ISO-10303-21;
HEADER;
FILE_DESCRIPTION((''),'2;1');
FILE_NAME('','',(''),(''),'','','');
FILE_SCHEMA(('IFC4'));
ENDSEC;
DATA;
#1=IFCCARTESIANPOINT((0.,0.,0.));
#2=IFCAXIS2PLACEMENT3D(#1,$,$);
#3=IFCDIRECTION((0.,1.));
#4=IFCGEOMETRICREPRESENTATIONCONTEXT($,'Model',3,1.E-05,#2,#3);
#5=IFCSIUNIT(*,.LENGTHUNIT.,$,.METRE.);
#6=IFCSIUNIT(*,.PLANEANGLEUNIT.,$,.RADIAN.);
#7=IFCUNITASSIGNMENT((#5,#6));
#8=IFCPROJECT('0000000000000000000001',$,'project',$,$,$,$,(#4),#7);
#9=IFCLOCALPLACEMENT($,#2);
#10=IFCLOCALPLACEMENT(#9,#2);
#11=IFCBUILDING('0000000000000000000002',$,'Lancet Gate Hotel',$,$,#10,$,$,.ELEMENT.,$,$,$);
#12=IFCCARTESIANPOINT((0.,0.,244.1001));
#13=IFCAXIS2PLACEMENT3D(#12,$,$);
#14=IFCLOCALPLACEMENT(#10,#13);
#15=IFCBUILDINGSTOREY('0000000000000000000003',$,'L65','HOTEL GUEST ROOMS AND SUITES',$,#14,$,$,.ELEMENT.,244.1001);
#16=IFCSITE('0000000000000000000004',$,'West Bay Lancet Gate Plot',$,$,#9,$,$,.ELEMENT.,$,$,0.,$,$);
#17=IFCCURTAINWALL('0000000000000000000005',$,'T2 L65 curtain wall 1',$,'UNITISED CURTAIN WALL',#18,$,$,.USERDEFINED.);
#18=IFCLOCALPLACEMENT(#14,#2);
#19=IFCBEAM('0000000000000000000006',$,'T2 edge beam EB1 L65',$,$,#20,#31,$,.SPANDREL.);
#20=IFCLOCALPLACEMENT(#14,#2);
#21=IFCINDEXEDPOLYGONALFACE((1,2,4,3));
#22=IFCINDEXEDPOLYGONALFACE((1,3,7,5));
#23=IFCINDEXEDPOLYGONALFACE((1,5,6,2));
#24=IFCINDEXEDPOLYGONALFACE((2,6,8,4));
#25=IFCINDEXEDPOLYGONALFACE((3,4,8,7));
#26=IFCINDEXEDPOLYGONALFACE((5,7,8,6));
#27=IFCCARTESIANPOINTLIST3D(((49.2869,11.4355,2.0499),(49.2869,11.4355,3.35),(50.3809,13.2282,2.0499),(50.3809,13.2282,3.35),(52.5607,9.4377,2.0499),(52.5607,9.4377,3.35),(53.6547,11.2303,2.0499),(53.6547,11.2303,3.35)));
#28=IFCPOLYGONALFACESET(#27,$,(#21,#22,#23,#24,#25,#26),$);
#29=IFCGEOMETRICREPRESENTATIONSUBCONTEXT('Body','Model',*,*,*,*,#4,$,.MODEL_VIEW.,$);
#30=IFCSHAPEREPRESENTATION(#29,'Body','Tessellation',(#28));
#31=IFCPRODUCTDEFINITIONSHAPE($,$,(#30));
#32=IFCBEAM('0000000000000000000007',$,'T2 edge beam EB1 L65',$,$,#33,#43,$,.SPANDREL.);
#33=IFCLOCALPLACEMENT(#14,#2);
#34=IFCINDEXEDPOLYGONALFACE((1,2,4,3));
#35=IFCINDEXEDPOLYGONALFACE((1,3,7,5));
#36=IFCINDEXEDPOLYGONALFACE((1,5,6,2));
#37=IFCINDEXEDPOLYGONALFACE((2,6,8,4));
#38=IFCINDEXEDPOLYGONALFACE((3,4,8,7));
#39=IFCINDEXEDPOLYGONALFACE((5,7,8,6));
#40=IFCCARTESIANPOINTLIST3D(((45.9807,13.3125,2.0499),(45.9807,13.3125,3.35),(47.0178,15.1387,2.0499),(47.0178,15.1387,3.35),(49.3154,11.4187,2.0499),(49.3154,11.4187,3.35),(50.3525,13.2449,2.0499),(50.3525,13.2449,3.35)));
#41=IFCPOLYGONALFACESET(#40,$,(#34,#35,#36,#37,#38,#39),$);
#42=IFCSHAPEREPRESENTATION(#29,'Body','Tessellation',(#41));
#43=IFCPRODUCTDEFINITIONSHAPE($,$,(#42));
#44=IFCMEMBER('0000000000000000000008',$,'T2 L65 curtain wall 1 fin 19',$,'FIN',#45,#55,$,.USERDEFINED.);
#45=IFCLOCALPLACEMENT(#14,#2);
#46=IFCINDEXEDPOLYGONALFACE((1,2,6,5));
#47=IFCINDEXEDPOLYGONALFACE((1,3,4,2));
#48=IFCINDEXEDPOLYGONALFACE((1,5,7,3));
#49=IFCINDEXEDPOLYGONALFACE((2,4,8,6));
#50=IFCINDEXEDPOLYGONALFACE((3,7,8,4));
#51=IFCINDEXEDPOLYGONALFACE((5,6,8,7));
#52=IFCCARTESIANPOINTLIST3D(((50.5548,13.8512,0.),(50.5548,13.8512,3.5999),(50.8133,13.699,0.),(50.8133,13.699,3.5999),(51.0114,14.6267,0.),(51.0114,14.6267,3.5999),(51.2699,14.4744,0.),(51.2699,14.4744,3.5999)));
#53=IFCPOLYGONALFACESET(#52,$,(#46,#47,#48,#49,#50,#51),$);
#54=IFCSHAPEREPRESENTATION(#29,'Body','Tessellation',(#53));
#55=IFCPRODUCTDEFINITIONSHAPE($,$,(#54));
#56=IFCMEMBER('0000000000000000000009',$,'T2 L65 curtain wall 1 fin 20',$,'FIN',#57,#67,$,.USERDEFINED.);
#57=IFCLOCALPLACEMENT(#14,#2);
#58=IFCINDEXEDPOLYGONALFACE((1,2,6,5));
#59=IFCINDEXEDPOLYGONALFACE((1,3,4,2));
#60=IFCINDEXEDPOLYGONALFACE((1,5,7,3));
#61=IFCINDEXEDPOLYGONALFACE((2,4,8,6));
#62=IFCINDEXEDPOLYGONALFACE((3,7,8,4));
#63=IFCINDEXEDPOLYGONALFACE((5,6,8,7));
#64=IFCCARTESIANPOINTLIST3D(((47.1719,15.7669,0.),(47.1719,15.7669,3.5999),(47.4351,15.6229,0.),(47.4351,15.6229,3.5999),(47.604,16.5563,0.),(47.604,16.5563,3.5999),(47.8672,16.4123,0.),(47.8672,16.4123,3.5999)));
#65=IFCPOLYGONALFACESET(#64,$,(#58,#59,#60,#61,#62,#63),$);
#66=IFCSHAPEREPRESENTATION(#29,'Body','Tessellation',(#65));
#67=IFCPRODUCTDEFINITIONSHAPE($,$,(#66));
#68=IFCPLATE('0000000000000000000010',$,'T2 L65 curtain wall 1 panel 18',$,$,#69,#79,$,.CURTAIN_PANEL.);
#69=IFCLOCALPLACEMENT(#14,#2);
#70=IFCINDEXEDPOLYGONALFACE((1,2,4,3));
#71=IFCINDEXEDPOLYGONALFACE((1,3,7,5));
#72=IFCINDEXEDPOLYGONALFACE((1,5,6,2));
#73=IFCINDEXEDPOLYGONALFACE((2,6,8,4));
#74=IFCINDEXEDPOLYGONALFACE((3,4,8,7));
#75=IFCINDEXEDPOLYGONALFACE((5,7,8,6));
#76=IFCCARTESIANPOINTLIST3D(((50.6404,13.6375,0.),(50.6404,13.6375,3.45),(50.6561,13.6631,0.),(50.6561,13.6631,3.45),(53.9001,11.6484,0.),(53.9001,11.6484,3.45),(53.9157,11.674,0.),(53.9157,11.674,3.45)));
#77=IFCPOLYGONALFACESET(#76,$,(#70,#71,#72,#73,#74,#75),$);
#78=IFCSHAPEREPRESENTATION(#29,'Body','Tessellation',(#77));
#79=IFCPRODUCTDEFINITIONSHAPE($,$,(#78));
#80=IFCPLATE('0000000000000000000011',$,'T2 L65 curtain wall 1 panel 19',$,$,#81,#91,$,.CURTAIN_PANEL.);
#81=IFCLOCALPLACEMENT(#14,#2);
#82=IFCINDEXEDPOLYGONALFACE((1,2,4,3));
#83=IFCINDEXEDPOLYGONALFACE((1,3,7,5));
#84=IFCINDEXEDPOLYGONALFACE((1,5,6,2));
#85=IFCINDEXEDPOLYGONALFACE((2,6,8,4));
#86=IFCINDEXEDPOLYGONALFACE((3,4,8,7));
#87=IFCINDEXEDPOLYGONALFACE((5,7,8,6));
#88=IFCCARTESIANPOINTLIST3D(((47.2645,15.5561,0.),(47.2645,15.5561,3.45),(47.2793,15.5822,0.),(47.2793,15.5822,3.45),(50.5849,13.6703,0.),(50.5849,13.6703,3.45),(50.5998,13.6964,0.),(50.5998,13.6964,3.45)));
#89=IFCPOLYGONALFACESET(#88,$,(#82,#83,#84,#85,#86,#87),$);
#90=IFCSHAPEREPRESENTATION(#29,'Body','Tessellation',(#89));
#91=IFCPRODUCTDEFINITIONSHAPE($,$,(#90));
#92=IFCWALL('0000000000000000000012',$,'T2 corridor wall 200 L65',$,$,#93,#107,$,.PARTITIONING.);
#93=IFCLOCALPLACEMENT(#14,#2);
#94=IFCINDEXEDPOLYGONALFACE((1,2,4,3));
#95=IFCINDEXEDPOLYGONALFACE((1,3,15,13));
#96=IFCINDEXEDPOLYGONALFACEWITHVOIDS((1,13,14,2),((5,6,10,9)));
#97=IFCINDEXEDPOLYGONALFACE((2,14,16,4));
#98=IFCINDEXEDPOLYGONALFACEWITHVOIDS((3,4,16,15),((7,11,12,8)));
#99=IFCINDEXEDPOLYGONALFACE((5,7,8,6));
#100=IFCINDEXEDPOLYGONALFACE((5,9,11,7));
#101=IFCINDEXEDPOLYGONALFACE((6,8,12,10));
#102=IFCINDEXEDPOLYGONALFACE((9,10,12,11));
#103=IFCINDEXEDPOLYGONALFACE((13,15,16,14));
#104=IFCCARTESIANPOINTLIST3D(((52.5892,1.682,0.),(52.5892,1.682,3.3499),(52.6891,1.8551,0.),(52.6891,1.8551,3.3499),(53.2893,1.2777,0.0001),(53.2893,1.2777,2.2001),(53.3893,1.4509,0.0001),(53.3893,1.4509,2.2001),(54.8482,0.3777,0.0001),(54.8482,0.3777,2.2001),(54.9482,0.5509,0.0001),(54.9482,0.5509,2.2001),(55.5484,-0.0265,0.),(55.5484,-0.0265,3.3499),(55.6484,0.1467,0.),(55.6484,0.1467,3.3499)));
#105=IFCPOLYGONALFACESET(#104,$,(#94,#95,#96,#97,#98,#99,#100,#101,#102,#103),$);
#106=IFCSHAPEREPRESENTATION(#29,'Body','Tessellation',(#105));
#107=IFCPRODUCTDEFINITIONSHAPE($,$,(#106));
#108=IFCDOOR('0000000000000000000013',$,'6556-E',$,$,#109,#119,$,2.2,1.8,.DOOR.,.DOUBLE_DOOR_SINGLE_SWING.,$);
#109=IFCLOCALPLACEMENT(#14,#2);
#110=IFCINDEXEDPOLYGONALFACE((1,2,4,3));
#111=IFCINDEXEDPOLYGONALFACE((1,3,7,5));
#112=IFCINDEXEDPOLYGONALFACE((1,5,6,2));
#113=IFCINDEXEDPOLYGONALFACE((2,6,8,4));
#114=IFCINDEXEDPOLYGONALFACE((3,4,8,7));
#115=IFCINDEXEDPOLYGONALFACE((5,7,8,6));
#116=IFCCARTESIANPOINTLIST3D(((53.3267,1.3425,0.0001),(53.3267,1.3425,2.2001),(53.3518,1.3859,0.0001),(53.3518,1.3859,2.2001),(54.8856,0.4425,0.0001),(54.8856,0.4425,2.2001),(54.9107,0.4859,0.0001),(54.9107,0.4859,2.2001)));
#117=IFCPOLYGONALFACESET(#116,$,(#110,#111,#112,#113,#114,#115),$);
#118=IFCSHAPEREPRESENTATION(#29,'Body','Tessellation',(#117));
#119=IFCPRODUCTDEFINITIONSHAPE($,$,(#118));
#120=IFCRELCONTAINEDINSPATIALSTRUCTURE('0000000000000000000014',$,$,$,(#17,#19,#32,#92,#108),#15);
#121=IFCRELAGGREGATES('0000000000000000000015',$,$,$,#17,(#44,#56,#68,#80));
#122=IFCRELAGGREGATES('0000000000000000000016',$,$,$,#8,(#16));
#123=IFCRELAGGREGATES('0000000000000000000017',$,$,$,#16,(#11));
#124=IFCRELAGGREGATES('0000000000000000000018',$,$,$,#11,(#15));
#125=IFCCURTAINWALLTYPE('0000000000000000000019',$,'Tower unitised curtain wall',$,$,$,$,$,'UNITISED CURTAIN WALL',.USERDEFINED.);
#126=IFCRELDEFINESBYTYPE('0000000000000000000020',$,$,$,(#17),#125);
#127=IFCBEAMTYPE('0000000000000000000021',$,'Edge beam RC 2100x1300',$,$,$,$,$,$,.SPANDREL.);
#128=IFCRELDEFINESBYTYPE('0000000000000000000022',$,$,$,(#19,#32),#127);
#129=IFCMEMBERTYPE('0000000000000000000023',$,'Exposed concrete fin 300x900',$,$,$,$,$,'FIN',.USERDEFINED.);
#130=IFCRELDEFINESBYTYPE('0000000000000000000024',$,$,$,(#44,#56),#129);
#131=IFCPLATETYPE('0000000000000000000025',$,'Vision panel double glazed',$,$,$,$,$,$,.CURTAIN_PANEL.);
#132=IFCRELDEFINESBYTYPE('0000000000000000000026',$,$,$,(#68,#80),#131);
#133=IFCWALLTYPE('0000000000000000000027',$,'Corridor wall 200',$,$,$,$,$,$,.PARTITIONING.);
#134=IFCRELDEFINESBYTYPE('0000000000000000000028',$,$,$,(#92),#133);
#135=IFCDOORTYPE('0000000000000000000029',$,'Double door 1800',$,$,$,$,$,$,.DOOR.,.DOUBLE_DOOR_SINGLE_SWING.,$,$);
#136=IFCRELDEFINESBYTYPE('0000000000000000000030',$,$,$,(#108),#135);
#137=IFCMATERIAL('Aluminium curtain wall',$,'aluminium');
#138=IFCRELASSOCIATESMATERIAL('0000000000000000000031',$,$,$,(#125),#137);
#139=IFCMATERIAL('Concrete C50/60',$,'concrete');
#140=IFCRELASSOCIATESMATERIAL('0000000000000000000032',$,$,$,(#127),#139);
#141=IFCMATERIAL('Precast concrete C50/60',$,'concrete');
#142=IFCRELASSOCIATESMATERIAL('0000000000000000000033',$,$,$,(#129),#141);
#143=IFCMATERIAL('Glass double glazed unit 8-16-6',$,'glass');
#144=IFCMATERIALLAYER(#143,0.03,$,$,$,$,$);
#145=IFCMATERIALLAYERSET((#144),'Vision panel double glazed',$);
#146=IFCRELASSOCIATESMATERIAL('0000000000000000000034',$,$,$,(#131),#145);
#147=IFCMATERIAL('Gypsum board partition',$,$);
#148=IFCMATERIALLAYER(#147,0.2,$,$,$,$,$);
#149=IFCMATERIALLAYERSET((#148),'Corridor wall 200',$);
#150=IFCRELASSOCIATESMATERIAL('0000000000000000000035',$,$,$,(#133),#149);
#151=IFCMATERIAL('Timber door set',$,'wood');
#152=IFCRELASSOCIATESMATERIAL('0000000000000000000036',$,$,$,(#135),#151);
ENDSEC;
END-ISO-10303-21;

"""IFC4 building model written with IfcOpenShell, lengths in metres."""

from ifc_helpers import new_model, si_unit, direction, frame, frame_2d, origin, origin_2d, place, context, subcontext, project, spatial, rectangle, extrude, material, layer, layer_set, material_profile, profile_set, type_object, element, fill, aggregate, save


model = new_model("IFC4")

# Units and contexts
model_context = context("Model", 3, precision=1e-05, world=origin(), true_north=direction((0.0, 1.0)))
body_context = subcontext(model_context, "Body", "Model", "MODEL_VIEW")
ifc_project = project(units=[si_unit("LENGTHUNIT", "METRE"), si_unit("PLANEANGLEUNIT", "RADIAN")], contexts=[model_context])

# Site, building, storey
site_placement = place(None, origin())
site = spatial("IfcSite", under=ifc_project, at=site_placement, Name="West Bay Lancet Gate Plot", CompositionType="ELEMENT", RefElevation=0.0)
building_placement = place(site_placement, origin())
building = spatial("IfcBuilding", under=site, at=building_placement, Name="Lancet Gate Hotel", CompositionType="ELEMENT")
storey_placement = place(building_placement, frame((0.0, 0.0, 244.1001)))
storey = spatial("IfcBuildingStorey", under=building, at=storey_placement, Name="L65", Description="HOTEL GUEST ROOMS AND SUITES", CompositionType="ELEMENT", Elevation=244.1001)

# Curtain wall
ifc_material_1 = material(Name="Aluminium curtain wall", Category="aluminium")
curtain_wall_type = type_object("IfcCurtainWallType", Name="Tower unitised curtain wall", ElementType="UNITISED CURTAIN WALL", PredefinedType="USERDEFINED", material=ifc_material_1)
curtain_wall_placement = place(storey_placement, origin())
curtain_wall = element("IfcCurtainWall", 1, at=curtain_wall_placement, inside=storey, type_object=curtain_wall_type, Name="T2 L65 curtain wall 1", ObjectType="UNITISED CURTAIN WALL", PredefinedType="USERDEFINED")

# Beams
ifc_material_2 = material(Name="Concrete C50/60", Category="concrete")
ifc_material_profile_1 = material_profile(ifc_material_2, rectangle(XDim=2.1001, YDim=1.3, at=origin_2d()), Name="RC 2100x1300")
ifc_profile_set_1 = profile_set([ifc_material_profile_1], Name="Concrete C50/60")
beam_type = type_object("IfcBeamType", Name="Edge beam RC 2100x1300", PredefinedType="SPANDREL", material=ifc_profile_set_1)
beam_1_placement = place(storey_placement, frame((53.1077, 10.334, 2.7), z_axis=(-0.853604, 0.520922, 0.0), x_axis=(-0.520922, -0.853604, 0.0)))
element("IfcBeam", 2, at=beam_1_placement, inside=storey, type_object=beam_type, Name="T2 edge beam EB1 L65", PredefinedType="SPANDREL", context=body_context, shape_type="SweptSolid", body=[
    extrude(rectangle(XDim=2.1001, YDim=1.3, at=origin_2d()), origin(), (0.0, 0.0, 1.0), 3.8352),
])
beam_2_placement = place(storey_placement, frame((49.834, 12.3318, 2.7), z_axis=(-0.86956, 0.493827, 0.0), x_axis=(-0.493827, -0.86956, 0.0)))
element("IfcBeam", 3, at=beam_2_placement, inside=storey, type_object=beam_type, Name="T2 edge beam EB1 L65", PredefinedType="SPANDREL", context=body_context, shape_type="SweptSolid", body=[
    extrude(rectangle(XDim=2.1001, YDim=1.3, at=origin_2d()), origin(), (0.0, 0.0, 1.0), 3.835),
])

# Members
ifc_material_3 = material(Name="Precast concrete C50/60", Category="concrete")
ifc_material_profile_2 = material_profile(ifc_material_3, rectangle(XDim=0.3, YDim=0.8999, at=origin_2d()), Name="FIN 300x900")
ifc_profile_set_2 = profile_set([ifc_material_profile_2], Name="Precast concrete C50/60")
member_type_1 = type_object("IfcMemberType", Name="Exposed concrete fin 300x900", ElementType="FIN", PredefinedType="USERDEFINED", material=ifc_profile_set_2)
member_1_placement = place(storey_placement, frame((50.9124, 14.1628, 0.0), z_axis=(0.0, 0.0, 1.0), x_axis=(-0.861692, 0.507432, 0.0)))
member_1 = element("IfcMember", 4, at=member_1_placement, type_object=member_type_1, Name="T2 L65 curtain wall 1 fin 19", ObjectType="FIN", PredefinedType="USERDEFINED", context=body_context, shape_type="SweptSolid", body=[
    extrude(rectangle(XDim=0.3, YDim=0.8999, at=origin_2d()), origin(), (0.0, 0.0, 1.0), 3.5999),
])
member_2_placement = place(storey_placement, frame((47.5195, 16.0896, 0.0), z_axis=(0.0, 0.0, 1.0), x_axis=(-0.877195, 0.480135, 0.0)))
member_2 = element("IfcMember", 5, at=member_2_placement, type_object=member_type_1, Name="T2 L65 curtain wall 1 fin 20", ObjectType="FIN", PredefinedType="USERDEFINED", context=body_context, shape_type="SweptSolid", body=[
    extrude(rectangle(XDim=0.3, YDim=0.8999, at=origin_2d()), origin(), (0.0, 0.0, 1.0), 3.5999),
])

# Plates
ifc_material_4 = material(Name="Glass double glazed unit 8-16-6", Category="glass")
ifc_layer_1 = layer(ifc_material_4, 0.03)
ifc_layer_set_1 = layer_set([ifc_layer_1], Name="Vision panel double glazed")
plate_type = type_object("IfcPlateType", Name="Vision panel double glazed", PredefinedType="CURTAIN_PANEL", material=ifc_layer_set_1)
plate_1_placement = place(storey_placement, frame((52.2781, 12.6558, 0.0), z_axis=(0.0, 0.0, 1.0), x_axis=(-0.853621, 0.520895, 0.0)))
plate_1 = element("IfcPlate", 6, at=plate_1_placement, type_object=plate_type, Name="T2 L65 curtain wall 1 panel 18", PredefinedType="CURTAIN_PANEL", context=body_context, shape_type="SweptSolid", body=[
    extrude(rectangle(XDim=3.8186, YDim=0.03, at=origin_2d()), origin(), (0.0, 0.0, 1.0), 3.45),
])
plate_2_placement = place(storey_placement, frame((48.9321, 14.6262, 0.0), z_axis=(0.0, 0.0, 1.0), x_axis=(-0.86955, 0.493844, 0.0)))
plate_2 = element("IfcPlate", 7, at=plate_2_placement, type_object=plate_type, Name="T2 L65 curtain wall 1 panel 19", PredefinedType="CURTAIN_PANEL", context=body_context, shape_type="SweptSolid", body=[
    extrude(rectangle(XDim=3.8186, YDim=0.03, at=origin_2d()), origin(), (0.0, 0.0, 1.0), 3.45),
])
aggregate(curtain_wall, [member_1, member_2, plate_1, plate_2])

# Wall, opening, door
ifc_material_5 = material(Name="Gypsum board partition")
ifc_layer_2 = layer(ifc_material_5, 0.2)
ifc_layer_set_2 = layer_set([ifc_layer_2], Name="Corridor wall 200")
wall_type_1 = type_object("IfcWallType", Name="Corridor wall 200", PredefinedType="PARTITIONING", material=ifc_layer_set_2)
wall_1_placement = place(storey_placement, frame((52.6392, 1.7686, 0.0), z_axis=(0.0, 0.0, 1.0), x_axis=(0.866027, -0.499997, 0.0)))
wall_1 = element("IfcWall", 8, at=wall_1_placement, inside=storey, type_object=wall_type_1, Name="T2 corridor wall 200 L65", PredefinedType="PARTITIONING", context=body_context, shape_type="SweptSolid", body=[
    extrude(rectangle(XDim=3.417, YDim=0.2, at=frame_2d((1.7085, 0.0))), origin(), (0.0, 0.0, 1.0), 3.3499),
])
opening_1_placement = place(wall_1_placement, frame((0.8086, 0.0, 0.0)))
opening_1 = element("IfcOpeningElement", 9, at=opening_1_placement, cuts=wall_1, PredefinedType="OPENING", context=body_context, shape_type="SweptSolid", body=[
    extrude(rectangle(XDim=1.8, YDim=2.2, at=frame_2d((0.8999, 1.1001))), frame((0.0, 0.1099, 0.0), z_axis=(0.0, -1.0, 0.0), x_axis=(1.0, 0.0, 0.0)), (0.0, 0.0, 1.0), 0.22),
])
ifc_material_6 = material(Name="Timber door set", Category="wood")
door_type_1 = type_object("IfcDoorType", Name="Double door 1800", OperationType="DOUBLE_DOOR_SINGLE_SWING", PredefinedType="DOOR", material=ifc_material_6)
door_1_placement = place(opening_1_placement, origin())
door_1 = element("IfcDoor", 10, at=door_1_placement, inside=storey, type_object=door_type_1, Name="6556-E", OperationType="DOUBLE_DOOR_SINGLE_SWING", OverallHeight=2.2, OverallWidth=1.8, PredefinedType="DOOR", context=body_context, shape_type="SweptSolid", body=[
    extrude(rectangle(XDim=1.8, YDim=2.2, at=frame_2d((0.8999, 1.1001))), frame((0.0, 0.0249, 0.0), z_axis=(0.0, -1.0, 0.0), x_axis=(1.0, 0.0, 0.0)), (0.0, 0.0, 1.0), 0.05),
])
fill(opening_1, door_1)

save(model, "model.ifc")
